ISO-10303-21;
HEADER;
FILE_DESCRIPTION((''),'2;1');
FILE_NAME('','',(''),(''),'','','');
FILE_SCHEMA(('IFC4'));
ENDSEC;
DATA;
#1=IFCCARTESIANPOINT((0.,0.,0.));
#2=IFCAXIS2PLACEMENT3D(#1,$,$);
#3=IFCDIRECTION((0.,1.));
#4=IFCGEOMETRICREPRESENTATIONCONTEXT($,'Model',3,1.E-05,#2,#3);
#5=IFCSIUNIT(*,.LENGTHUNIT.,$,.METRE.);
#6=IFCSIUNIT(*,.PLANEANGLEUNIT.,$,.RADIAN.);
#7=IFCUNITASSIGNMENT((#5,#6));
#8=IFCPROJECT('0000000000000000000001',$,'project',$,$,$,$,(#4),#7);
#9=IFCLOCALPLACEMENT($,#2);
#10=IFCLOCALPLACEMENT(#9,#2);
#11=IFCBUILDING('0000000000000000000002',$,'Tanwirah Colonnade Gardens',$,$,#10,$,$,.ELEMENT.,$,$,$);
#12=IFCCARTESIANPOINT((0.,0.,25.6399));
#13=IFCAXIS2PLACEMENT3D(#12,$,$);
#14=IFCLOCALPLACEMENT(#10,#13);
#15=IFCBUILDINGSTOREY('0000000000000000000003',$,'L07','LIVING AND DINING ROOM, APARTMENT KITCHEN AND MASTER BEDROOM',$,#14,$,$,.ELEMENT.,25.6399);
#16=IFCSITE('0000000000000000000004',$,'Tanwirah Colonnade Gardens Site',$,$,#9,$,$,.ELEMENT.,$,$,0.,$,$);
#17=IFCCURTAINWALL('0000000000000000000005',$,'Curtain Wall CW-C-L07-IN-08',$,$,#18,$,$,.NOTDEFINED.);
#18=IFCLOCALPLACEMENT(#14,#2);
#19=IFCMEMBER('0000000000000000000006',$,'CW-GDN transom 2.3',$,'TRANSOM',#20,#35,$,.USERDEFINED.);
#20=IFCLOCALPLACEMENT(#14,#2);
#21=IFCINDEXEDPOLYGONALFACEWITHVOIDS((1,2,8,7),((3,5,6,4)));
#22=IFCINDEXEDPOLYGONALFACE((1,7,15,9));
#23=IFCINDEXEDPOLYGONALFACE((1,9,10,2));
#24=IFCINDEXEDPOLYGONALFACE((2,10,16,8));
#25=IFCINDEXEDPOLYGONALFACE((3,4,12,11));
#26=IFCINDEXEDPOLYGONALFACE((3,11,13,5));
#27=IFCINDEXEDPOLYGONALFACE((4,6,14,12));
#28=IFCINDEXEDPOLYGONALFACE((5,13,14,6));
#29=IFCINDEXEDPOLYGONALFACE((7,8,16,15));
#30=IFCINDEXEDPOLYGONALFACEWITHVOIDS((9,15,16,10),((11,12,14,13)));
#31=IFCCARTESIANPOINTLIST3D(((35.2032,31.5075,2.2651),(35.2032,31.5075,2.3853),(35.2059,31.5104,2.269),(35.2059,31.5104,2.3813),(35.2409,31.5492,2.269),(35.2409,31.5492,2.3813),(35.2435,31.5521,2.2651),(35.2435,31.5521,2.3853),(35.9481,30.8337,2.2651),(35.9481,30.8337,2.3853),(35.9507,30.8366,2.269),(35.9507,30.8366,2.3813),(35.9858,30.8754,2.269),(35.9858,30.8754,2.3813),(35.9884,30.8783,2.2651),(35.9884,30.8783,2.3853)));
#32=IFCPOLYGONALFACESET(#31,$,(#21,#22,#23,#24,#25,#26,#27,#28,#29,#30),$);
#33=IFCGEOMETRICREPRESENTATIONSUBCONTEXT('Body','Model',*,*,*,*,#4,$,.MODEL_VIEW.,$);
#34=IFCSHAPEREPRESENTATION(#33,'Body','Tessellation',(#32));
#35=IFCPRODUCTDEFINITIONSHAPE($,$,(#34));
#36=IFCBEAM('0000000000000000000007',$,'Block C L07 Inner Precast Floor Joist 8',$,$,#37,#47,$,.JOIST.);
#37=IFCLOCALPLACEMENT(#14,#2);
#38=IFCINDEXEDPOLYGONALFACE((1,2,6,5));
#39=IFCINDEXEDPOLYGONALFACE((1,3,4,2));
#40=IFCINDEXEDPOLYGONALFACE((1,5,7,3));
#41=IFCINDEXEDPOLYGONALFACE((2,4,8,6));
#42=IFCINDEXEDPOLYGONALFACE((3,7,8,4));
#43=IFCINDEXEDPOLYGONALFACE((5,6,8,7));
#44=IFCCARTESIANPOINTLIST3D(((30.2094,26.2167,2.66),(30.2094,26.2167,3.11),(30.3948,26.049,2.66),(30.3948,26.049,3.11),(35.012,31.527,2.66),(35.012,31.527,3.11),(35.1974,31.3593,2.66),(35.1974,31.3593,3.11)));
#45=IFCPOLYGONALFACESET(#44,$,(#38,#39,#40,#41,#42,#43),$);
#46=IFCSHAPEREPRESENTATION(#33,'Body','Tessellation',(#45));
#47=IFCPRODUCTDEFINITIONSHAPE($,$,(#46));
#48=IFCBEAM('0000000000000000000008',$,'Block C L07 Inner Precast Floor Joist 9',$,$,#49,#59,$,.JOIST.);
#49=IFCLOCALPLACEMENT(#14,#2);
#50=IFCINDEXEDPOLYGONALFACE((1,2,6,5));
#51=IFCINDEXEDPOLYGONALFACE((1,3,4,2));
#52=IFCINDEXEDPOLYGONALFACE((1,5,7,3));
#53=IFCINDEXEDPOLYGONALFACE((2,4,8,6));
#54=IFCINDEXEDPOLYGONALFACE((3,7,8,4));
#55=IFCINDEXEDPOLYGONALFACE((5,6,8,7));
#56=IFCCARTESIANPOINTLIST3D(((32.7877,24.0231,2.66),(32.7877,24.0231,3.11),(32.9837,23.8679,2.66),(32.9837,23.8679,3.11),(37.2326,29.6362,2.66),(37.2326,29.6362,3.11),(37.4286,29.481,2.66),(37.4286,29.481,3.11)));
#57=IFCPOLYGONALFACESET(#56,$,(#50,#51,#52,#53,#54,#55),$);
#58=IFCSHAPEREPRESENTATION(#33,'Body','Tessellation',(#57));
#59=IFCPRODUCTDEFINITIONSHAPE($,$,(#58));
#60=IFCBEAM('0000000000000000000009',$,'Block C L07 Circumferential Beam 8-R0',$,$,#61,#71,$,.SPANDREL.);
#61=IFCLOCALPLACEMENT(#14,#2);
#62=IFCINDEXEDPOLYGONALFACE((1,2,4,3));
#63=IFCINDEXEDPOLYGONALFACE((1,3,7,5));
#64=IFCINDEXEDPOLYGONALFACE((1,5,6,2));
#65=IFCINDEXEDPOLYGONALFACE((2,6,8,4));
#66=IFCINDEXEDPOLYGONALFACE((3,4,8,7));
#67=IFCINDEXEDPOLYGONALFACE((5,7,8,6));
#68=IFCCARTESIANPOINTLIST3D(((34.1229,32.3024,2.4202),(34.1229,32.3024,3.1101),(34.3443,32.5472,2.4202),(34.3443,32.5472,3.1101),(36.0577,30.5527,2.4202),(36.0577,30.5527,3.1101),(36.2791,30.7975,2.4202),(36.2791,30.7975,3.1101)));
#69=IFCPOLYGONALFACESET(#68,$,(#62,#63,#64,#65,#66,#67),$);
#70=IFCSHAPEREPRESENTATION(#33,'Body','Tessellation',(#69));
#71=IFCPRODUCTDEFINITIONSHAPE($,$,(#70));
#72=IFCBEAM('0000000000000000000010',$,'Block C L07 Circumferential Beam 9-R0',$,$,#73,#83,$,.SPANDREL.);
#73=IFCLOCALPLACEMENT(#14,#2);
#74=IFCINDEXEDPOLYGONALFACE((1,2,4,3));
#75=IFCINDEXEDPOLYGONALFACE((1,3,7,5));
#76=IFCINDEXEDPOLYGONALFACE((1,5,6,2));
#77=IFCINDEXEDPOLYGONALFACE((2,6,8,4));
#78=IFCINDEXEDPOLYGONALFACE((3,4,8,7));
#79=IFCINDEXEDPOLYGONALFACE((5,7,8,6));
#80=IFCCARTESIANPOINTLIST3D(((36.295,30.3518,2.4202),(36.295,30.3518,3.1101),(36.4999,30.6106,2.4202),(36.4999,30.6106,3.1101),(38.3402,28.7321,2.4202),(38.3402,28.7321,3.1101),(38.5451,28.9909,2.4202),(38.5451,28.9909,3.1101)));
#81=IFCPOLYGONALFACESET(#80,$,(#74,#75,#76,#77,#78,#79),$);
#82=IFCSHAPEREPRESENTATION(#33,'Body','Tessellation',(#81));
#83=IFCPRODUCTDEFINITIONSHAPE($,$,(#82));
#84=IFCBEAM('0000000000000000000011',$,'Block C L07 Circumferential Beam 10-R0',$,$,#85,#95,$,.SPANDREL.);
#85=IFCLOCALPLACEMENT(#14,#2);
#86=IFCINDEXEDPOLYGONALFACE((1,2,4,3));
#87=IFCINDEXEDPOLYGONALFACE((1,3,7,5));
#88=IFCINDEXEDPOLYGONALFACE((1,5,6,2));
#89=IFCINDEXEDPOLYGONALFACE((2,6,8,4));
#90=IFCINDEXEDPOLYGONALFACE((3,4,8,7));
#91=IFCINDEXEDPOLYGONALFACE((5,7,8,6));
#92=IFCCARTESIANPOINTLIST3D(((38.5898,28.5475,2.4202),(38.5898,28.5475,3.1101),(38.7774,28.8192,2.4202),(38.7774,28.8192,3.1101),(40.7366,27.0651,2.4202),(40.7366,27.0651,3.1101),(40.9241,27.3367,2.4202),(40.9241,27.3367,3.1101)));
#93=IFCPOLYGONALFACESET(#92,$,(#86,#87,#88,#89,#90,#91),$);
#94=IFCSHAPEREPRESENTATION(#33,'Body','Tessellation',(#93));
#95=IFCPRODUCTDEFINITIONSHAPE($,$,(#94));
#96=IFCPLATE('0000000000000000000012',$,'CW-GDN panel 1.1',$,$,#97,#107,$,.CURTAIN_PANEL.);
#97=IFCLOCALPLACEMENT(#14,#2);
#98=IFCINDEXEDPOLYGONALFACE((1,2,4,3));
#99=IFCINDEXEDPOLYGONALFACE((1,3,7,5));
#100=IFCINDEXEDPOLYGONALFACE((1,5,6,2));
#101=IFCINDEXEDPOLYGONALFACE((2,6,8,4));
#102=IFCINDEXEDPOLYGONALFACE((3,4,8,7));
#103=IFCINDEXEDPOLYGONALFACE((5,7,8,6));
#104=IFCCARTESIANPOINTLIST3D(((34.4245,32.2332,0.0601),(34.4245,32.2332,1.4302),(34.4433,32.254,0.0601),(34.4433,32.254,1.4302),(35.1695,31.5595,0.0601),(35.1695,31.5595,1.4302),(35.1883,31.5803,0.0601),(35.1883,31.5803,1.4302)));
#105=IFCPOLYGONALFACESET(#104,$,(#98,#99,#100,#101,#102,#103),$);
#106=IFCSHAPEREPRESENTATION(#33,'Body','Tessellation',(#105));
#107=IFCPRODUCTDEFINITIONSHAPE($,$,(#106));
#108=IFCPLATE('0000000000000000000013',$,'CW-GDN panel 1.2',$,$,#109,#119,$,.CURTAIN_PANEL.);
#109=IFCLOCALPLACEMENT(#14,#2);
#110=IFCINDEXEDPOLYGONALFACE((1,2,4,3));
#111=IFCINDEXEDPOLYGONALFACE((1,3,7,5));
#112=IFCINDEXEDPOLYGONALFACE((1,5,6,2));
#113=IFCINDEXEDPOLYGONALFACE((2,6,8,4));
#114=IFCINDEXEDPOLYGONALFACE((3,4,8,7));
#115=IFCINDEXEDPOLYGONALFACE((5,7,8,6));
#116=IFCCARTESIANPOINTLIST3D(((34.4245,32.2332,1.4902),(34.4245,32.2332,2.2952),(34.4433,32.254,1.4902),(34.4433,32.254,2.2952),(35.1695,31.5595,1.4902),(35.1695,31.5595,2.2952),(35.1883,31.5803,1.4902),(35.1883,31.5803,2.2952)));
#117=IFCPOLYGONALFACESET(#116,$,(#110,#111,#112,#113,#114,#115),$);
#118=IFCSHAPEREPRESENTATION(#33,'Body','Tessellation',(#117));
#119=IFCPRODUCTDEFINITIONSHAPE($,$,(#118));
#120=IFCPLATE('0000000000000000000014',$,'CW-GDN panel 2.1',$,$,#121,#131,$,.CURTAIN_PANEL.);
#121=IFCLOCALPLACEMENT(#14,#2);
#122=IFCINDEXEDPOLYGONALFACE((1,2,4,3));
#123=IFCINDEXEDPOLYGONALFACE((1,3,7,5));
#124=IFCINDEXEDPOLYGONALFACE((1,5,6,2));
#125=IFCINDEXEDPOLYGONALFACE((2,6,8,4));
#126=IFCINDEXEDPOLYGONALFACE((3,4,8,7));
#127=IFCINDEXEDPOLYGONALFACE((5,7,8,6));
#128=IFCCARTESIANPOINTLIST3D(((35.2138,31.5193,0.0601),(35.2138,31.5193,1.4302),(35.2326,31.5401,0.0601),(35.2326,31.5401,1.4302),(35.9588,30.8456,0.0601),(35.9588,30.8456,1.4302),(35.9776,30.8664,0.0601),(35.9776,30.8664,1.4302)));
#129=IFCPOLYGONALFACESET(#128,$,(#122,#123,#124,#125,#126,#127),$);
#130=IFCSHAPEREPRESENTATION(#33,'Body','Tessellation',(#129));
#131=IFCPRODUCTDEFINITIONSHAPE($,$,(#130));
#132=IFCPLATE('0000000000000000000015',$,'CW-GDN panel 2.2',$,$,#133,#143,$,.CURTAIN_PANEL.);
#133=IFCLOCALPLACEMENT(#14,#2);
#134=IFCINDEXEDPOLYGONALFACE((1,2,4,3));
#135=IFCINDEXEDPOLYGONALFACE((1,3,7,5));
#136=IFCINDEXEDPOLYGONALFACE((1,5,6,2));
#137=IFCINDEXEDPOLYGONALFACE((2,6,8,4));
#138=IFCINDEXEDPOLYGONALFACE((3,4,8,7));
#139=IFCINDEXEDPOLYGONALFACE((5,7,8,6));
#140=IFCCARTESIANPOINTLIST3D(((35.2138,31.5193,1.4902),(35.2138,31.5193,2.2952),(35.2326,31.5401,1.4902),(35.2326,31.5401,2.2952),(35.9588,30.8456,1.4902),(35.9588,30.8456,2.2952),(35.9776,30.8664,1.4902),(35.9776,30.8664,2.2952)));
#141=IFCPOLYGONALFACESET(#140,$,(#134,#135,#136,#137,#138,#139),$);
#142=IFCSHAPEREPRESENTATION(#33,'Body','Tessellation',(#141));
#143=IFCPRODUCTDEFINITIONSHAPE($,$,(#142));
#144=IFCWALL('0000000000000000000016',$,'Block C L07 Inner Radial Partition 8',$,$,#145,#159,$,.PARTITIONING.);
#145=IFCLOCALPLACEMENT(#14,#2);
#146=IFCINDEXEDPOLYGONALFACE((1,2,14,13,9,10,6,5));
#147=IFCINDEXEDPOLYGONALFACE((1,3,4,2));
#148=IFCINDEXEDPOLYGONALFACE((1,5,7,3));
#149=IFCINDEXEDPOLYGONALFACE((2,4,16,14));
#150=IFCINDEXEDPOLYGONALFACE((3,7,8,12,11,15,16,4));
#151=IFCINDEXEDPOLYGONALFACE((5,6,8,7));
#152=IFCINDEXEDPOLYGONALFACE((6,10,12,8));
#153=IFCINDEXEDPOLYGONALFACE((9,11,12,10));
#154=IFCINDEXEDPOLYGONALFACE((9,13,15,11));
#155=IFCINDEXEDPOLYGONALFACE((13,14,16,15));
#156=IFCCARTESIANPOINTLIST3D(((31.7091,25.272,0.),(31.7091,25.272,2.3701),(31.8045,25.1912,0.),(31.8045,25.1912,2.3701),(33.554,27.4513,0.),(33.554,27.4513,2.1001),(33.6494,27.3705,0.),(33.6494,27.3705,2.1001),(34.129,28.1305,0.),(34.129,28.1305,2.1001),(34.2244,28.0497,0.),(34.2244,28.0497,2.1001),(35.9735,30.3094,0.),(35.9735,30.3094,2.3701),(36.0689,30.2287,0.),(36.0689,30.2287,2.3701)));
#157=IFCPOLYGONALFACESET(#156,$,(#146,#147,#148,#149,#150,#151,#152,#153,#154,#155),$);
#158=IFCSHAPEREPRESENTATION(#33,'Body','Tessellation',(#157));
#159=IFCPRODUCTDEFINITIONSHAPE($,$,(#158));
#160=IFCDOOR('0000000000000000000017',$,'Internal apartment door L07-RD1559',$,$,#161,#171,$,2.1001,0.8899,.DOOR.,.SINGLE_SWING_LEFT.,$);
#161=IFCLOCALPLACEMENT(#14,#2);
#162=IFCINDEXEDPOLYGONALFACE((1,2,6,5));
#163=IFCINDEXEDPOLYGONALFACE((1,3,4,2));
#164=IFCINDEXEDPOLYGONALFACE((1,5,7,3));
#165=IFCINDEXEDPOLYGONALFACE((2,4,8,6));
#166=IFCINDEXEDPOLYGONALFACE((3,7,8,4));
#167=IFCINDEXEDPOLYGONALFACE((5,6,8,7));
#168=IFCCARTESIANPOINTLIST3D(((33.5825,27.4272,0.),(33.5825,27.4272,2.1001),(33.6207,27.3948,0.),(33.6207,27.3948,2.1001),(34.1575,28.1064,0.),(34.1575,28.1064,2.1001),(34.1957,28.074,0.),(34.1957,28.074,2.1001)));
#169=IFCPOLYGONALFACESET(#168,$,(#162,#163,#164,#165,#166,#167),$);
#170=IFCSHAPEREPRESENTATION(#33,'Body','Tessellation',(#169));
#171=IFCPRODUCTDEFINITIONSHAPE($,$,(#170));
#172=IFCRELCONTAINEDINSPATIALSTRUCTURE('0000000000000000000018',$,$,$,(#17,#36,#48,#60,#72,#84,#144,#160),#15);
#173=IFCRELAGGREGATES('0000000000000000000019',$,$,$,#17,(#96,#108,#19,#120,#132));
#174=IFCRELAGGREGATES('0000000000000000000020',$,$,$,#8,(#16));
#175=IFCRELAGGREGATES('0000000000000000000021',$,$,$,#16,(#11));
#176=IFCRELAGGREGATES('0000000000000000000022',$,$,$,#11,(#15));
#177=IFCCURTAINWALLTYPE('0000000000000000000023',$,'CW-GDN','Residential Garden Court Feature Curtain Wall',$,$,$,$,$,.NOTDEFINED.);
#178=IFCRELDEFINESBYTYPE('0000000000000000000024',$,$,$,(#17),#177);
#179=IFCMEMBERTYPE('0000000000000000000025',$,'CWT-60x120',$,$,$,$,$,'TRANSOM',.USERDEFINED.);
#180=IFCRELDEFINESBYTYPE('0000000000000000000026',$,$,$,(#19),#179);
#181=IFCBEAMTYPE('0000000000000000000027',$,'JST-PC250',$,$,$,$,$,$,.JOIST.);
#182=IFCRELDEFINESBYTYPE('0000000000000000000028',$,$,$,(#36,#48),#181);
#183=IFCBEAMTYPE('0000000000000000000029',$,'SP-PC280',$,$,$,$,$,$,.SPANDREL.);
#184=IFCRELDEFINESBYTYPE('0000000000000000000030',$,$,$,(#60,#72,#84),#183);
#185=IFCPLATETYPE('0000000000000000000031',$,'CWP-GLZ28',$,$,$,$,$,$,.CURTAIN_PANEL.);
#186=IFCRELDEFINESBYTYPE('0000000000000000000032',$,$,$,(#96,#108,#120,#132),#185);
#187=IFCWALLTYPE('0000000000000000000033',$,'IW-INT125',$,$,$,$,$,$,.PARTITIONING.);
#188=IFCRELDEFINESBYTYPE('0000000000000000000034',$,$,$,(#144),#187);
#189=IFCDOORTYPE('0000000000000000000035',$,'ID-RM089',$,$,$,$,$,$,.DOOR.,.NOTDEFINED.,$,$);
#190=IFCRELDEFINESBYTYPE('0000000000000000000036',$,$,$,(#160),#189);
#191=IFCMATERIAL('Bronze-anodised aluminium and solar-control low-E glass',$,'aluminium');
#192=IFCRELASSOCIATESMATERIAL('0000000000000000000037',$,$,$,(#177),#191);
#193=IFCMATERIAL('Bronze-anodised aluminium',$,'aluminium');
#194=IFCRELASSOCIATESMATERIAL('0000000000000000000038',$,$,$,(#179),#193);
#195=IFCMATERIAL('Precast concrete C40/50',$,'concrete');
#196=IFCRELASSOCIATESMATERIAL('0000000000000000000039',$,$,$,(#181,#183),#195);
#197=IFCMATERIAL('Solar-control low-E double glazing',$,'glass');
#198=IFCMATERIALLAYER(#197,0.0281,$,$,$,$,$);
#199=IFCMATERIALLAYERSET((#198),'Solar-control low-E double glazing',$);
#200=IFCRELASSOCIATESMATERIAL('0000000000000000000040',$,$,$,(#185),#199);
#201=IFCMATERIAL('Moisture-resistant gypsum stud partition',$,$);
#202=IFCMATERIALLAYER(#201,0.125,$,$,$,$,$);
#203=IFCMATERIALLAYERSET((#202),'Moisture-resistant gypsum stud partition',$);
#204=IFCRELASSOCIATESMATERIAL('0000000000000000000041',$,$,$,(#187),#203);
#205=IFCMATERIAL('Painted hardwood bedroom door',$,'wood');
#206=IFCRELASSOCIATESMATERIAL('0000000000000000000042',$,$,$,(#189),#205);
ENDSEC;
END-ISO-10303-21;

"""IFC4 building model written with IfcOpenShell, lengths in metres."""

from ifc_helpers import new_model, si_unit, direction, frame, frame_2d, origin, origin_2d, place, context, subcontext, project, spatial, rectangle, hollow_rectangle, extrude, material, layer, layer_set, material_profile, profile_set, type_object, element, fill, aggregate, save


model = new_model("IFC4")

# Units and contexts
model_context = context("Model", 3, precision=1e-05, world=origin(), true_north=direction((0.0, 1.0)))
body_context = subcontext(model_context, "Body", "Model", "MODEL_VIEW")
ifc_project = project(units=[si_unit("LENGTHUNIT", "METRE"), si_unit("PLANEANGLEUNIT", "RADIAN")], contexts=[model_context])

# Site, building, storey
site_placement = place(None, origin())
site = spatial("IfcSite", under=ifc_project, at=site_placement, Name="Tanwirah Colonnade Gardens Site", CompositionType="ELEMENT", RefElevation=0.0)
building_placement = place(site_placement, origin())
building = spatial("IfcBuilding", under=site, at=building_placement, Name="Tanwirah Colonnade Gardens", CompositionType="ELEMENT")
storey_placement = place(building_placement, frame((0.0, 0.0, 25.6399)))
storey = spatial("IfcBuildingStorey", under=building, at=storey_placement, Name="L07", Description="LIVING AND DINING ROOM, APARTMENT KITCHEN AND MASTER BEDROOM", CompositionType="ELEMENT", Elevation=25.6399)

# Shared definitions
ifc_material_1 = material(Name="Precast concrete C40/50", Category="concrete")

# Curtain wall, member
ifc_material_2 = material(Name="Bronze-anodised aluminium and solar-control low-E glass", Category="aluminium")
curtain_wall_type = type_object("IfcCurtainWallType", Name="CW-GDN", Description="Residential Garden Court Feature Curtain Wall", PredefinedType="NOTDEFINED", material=ifc_material_2)
curtain_wall_placement = place(storey_placement, origin())
curtain_wall = element("IfcCurtainWall", 1, at=curtain_wall_placement, inside=storey, type_object=curtain_wall_type, Name="Curtain Wall CW-C-L07-IN-08", PredefinedType="NOTDEFINED")
ifc_material_3 = material(Name="Bronze-anodised aluminium", Category="aluminium")
ifc_material_profile_1 = material_profile(ifc_material_3, hollow_rectangle(XDim=0.0601, YDim=0.1201, WallThickness=0.0039, at=origin_2d()), Name="CW-TRN 60x120x4")
ifc_profile_set_1 = profile_set([ifc_material_profile_1], Name="Bronze-anodised aluminium")
member_type_1 = type_object("IfcMemberType", Name="CWT-60x120", ElementType="TRANSOM", PredefinedType="USERDEFINED", material=ifc_profile_set_1)
member_1_placement = place(storey_placement, frame((35.2234, 31.5298, 2.3252), z_axis=(0.741588, -0.670856, 0.0), x_axis=(0.670856, 0.741588, 0.0)))
member_1 = element("IfcMember", 2, at=member_1_placement, type_object=member_type_1, Name="CW-GDN transom 2.3", ObjectType="TRANSOM", PredefinedType="USERDEFINED", context=body_context, shape_type="SweptSolid", body=[
    extrude(hollow_rectangle(XDim=0.0601, YDim=0.1201, WallThickness=0.0039, at=origin_2d()), origin(), (0.0, 0.0, 1.0), 1.0044),
])

# Beams
ifc_material_profile_2 = material_profile(ifc_material_1, rectangle(XDim=0.25, YDim=0.45, at=origin_2d()), Name="PC-JST 250x450")
ifc_profile_set_2 = profile_set([ifc_material_profile_2], Name="Precast concrete C40/50")
beam_type_1 = type_object("IfcBeamType", Name="JST-PC250", PredefinedType="JOIST", material=ifc_profile_set_2)
for number, where, z_axis, x_axis, name in (
    (3, (35.1047, 31.4431, 2.885), (-0.670773, -0.741663, 0.0), (0.741663, -0.670773, 0.0), "Block C L07 Inner Precast Floor Joist 8"),
    (4, (37.3306, 29.5586, 2.885), (-0.620803, -0.783966, 0.0), (0.783966, -0.620803, 0.0), "Block C L07 Inner Precast Floor Joist 9"),
):
    element("IfcBeam", number, at=place(storey_placement, frame(where, z_axis=z_axis, x_axis=x_axis)), inside=storey, type_object=beam_type_1, Name=name, PredefinedType="JOIST", context=body_context, shape_type="SweptSolid", body=[
        extrude(rectangle(XDim=0.25, YDim=0.45, at=origin_2d()), origin(), (0.0, 0.0, 1.0), 7.1599),
    ])
ifc_material_profile_3 = material_profile(ifc_material_1, rectangle(XDim=0.3301, YDim=0.6899, at=origin_2d()), Name="PC-SP 330x690")
ifc_profile_set_3 = profile_set([ifc_material_profile_3], Name="Precast concrete C40/50")
beam_type_2 = type_object("IfcBeamType", Name="SP-PC280", PredefinedType="SPANDREL", material=ifc_profile_set_3)
beam_placement = place(storey_placement, frame((34.2336, 32.4248, 2.7651), z_axis=(0.741687, -0.670747, 0.0), x_axis=(0.670747, 0.741687, 0.0)))
element("IfcBeam", 5, at=beam_placement, inside=storey, type_object=beam_type_2, Name="Block C L07 Circumferential Beam 8-R0", PredefinedType="SPANDREL", context=body_context, shape_type="SweptSolid", body=[
    extrude(rectangle(XDim=0.3301, YDim=0.6899, at=origin_2d()), origin(), (0.0, 0.0, 1.0), 2.6086),
])
for number, where, z_axis, x_axis, name in (
    (6, (36.3975, 30.4812, 2.7651), (0.783945, -0.62083, 0.0), (0.62083, 0.783945, 0.0), "Block C L07 Circumferential Beam 9-R0"),
    (7, (38.6836, 28.6833, 2.7651), (0.822869, -0.568231, 0.0), (0.568231, 0.822869, 0.0), "Block C L07 Circumferential Beam 10-R0"),
):
    element("IfcBeam", number, at=place(storey_placement, frame(where, z_axis=z_axis, x_axis=x_axis)), inside=storey, type_object=beam_type_2, Name=name, PredefinedType="SPANDREL", context=body_context, shape_type="SweptSolid", body=[
        extrude(rectangle(XDim=0.3301, YDim=0.6899, at=origin_2d()), origin(), (0.0, 0.0, 1.0), 2.6089),
    ])

# Plates
ifc_material_4 = material(Name="Solar-control low-E double glazing", Category="glass")
ifc_layer_1 = layer(ifc_material_4, 0.0281)
ifc_layer_set_1 = layer_set([ifc_layer_1], Name="Solar-control low-E double glazing")
plate_type = type_object("IfcPlateType", Name="CWP-GLZ28", PredefinedType="CURTAIN_PANEL", material=ifc_layer_set_1)
plate_1_placement = place(storey_placement, frame((34.8064, 31.9067, 0.0601), z_axis=(0.0, 0.0, 1.0), x_axis=(0.741683, -0.670751, 0.0)))
plate_1 = element("IfcPlate", 8, at=plate_1_placement, type_object=plate_type, Name="CW-GDN panel 1.1", PredefinedType="CURTAIN_PANEL", context=body_context, shape_type="SweptSolid", body=[
    extrude(rectangle(XDim=1.0044, YDim=0.0281, at=origin_2d()), origin(), (0.0, 0.0, 1.0), 1.3701),
])
plate_2_placement = place(storey_placement, frame((34.8064, 31.9067, 1.4902), z_axis=(0.0, 0.0, 1.0), x_axis=(0.741683, -0.670751, 0.0)))
plate_2 = element("IfcPlate", 9, at=plate_2_placement, type_object=plate_type, Name="CW-GDN panel 1.2", PredefinedType="CURTAIN_PANEL", context=body_context, shape_type="SweptSolid", body=[
    extrude(rectangle(XDim=1.0044, YDim=0.0281, at=origin_2d()), origin(), (0.0, 0.0, 1.0), 0.8049),
])
plate_3_placement = place(storey_placement, frame((35.5957, 31.1929, 0.0601), z_axis=(0.0, 0.0, 1.0), x_axis=(0.741683, -0.670751, 0.0)))
plate_3 = element("IfcPlate", 10, at=plate_3_placement, type_object=plate_type, Name="CW-GDN panel 2.1", PredefinedType="CURTAIN_PANEL", context=body_context, shape_type="SweptSolid", body=[
    extrude(rectangle(XDim=1.0044, YDim=0.0281, at=origin_2d()), origin(), (0.0, 0.0, 1.0), 1.3701),
])
plate_4_placement = place(storey_placement, frame((35.5957, 31.1929, 1.4902), z_axis=(0.0, 0.0, 1.0), x_axis=(0.741683, -0.670751, 0.0)))
plate_4 = element("IfcPlate", 11, at=plate_4_placement, type_object=plate_type, Name="CW-GDN panel 2.2", PredefinedType="CURTAIN_PANEL", context=body_context, shape_type="SweptSolid", body=[
    extrude(rectangle(XDim=1.0044, YDim=0.0281, at=origin_2d()), origin(), (0.0, 0.0, 1.0), 0.8049),
])
aggregate(curtain_wall, [plate_1, plate_2, member_1, plate_3, plate_4])

# Wall, opening, door
ifc_material_5 = material(Name="Moisture-resistant gypsum stud partition")
ifc_layer_2 = layer(ifc_material_5, 0.125)
ifc_layer_set_2 = layer_set([ifc_layer_2], Name="Moisture-resistant gypsum stud partition")
wall_type = type_object("IfcWallType", Name="IW-INT125", PredefinedType="PARTITIONING", material=ifc_layer_set_2)
wall_placement = place(storey_placement, frame((36.0212, 30.269, 0.0), z_axis=(0.0, 0.0, 1.0), x_axis=(-0.646121, -0.763235, 0.0)))
wall = element("IfcWall", 12, at=wall_placement, inside=storey, type_object=wall_type, Name="Block C L07 Inner Radial Partition 8", PredefinedType="PARTITIONING", context=body_context, shape_type="SweptSolid", body=[
    extrude(rectangle(XDim=6.6001, YDim=0.125, at=frame_2d((3.3, 0.0))), origin(), (0.0, 0.0, 1.0), 2.3701),
])
opening_placement = place(wall_placement, frame((2.855, 0.0, 0.0)))
opening = element("IfcOpeningElement", 13, at=opening_placement, cuts=wall, PredefinedType="OPENING", context=body_context, shape_type="SweptSolid", body=[
    extrude(rectangle(XDim=0.8899, YDim=2.1001, at=frame_2d((0.4448, 1.05))), frame((0.0, 0.0725, 0.0), z_axis=(0.0, -1.0, 0.0), x_axis=(1.0, 0.0, 0.0)), (0.0, 0.0, 1.0), 0.145),
])
ifc_material_6 = material(Name="Painted hardwood bedroom door", Category="wood")
door_type = type_object("IfcDoorType", Name="ID-RM089", OperationType="NOTDEFINED", PredefinedType="DOOR", material=ifc_material_6)
door_placement = place(opening_placement, origin())
door = element("IfcDoor", 14, at=door_placement, inside=storey, type_object=door_type, Name="Internal apartment door L07-RD1559", OperationType="SINGLE_SWING_LEFT", OverallHeight=2.1001, OverallWidth=0.8899, PredefinedType="DOOR", context=body_context, shape_type="SweptSolid", body=[
    extrude(rectangle(XDim=0.8899, YDim=2.1001, at=frame_2d((0.4448, 1.05))), frame((0.0, 0.0249, 0.0), z_axis=(0.0, -1.0, 0.0), x_axis=(1.0, 0.0, 0.0)), (0.0, 0.0, 1.0), 0.05),
])
fill(opening, door)

save(model, "model.ifc")
